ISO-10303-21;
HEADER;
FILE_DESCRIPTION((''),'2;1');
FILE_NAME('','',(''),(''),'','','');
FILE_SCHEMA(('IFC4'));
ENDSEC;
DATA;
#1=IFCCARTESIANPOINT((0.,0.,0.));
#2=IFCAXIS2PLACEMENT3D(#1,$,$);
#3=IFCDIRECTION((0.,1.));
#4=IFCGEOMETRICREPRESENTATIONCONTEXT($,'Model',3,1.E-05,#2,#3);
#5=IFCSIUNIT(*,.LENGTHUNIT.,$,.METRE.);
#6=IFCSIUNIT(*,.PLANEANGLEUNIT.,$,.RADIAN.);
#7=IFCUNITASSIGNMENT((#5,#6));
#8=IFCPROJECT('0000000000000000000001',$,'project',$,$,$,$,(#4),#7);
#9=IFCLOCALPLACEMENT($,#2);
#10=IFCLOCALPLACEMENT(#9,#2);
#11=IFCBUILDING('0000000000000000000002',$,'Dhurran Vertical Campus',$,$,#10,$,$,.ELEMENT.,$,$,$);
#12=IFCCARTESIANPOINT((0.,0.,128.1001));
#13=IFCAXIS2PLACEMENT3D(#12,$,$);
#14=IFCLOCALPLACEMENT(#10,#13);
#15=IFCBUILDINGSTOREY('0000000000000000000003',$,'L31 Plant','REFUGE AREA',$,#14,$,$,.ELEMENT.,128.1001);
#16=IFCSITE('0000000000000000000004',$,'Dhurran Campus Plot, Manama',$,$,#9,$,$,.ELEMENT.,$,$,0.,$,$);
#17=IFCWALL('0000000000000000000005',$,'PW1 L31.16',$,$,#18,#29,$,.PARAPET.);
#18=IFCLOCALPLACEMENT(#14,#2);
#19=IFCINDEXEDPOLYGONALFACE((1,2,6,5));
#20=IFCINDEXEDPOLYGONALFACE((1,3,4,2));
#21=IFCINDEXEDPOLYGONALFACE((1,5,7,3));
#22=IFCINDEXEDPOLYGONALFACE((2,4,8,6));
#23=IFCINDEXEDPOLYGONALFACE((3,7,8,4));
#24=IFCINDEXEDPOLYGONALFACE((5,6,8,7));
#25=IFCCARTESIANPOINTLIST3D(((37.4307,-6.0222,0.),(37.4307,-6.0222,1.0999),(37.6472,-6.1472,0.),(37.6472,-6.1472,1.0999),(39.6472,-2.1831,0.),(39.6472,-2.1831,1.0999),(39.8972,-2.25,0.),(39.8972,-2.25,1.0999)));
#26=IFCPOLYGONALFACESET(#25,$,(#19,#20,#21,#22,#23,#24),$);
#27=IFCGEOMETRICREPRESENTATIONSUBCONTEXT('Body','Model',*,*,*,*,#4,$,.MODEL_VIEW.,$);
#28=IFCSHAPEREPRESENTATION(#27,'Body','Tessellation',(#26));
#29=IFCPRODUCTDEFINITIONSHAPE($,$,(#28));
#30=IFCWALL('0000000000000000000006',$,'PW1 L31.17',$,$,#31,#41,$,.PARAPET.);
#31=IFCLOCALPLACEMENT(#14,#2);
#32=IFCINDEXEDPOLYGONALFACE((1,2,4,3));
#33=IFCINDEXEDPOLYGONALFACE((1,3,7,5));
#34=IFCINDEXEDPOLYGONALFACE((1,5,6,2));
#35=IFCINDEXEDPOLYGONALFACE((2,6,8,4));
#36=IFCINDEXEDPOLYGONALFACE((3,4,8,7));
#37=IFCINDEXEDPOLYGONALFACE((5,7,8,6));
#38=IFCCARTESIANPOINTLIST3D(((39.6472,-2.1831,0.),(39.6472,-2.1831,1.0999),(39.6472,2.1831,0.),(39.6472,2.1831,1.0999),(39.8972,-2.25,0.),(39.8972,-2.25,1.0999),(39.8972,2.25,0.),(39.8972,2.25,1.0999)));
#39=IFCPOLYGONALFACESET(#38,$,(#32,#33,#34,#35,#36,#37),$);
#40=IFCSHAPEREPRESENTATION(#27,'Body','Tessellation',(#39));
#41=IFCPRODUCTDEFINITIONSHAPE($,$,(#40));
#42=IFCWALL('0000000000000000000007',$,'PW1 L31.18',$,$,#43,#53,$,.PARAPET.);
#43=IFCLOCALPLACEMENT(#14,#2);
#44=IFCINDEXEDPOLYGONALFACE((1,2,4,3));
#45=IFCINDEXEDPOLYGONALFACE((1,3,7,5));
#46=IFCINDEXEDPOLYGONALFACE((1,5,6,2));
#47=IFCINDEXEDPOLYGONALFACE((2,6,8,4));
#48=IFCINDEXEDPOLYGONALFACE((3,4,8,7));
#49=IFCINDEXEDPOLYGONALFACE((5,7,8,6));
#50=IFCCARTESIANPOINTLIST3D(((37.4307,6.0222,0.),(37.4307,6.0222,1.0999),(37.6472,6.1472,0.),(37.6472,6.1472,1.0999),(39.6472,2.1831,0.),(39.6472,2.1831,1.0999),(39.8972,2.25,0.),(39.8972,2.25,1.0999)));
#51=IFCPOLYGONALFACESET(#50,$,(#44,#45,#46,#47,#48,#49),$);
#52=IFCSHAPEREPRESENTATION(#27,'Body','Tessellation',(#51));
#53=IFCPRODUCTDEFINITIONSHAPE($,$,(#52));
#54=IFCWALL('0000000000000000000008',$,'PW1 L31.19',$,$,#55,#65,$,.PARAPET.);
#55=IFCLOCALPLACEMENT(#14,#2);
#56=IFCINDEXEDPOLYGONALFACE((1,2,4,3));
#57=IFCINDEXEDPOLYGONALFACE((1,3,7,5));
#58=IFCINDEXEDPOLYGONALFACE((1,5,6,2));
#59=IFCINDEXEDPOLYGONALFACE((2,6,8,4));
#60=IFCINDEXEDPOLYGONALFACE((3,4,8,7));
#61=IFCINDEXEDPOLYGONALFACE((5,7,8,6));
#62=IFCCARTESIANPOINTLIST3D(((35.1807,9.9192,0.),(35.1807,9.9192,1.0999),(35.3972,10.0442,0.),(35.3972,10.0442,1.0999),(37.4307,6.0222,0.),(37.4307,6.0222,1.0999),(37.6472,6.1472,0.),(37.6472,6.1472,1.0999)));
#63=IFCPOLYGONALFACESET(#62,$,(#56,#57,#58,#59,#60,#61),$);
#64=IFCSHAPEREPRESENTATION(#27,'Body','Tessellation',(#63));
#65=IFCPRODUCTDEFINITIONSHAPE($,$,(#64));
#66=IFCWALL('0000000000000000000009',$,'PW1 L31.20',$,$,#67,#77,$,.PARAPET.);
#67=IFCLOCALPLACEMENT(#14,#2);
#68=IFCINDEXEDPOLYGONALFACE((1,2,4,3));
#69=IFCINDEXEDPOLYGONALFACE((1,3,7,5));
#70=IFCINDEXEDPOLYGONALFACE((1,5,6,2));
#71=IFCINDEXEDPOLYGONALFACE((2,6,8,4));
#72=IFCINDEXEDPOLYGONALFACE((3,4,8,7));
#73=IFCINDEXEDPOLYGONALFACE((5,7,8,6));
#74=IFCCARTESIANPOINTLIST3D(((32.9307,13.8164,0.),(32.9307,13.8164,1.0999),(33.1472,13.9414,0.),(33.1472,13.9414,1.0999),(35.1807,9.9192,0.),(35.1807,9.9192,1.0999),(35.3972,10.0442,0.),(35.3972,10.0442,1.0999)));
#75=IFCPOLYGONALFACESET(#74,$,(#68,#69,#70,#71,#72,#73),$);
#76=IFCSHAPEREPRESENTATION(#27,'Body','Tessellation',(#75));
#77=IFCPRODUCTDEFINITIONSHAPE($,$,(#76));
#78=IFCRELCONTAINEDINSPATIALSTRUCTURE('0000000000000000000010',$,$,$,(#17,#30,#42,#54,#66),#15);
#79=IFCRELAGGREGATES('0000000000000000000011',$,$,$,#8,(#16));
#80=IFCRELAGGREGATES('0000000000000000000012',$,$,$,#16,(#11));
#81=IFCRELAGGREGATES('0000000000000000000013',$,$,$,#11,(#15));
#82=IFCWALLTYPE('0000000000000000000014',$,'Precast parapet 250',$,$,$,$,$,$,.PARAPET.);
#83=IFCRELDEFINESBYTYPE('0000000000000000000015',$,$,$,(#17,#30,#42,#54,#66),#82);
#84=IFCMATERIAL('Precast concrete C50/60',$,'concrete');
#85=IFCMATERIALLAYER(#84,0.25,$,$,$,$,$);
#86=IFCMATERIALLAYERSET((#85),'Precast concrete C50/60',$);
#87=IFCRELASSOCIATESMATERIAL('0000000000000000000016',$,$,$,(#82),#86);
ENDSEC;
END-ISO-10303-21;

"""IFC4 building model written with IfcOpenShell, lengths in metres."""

from ifc_helpers import new_model, si_unit, direction, frame, origin, place, context, subcontext, project, spatial, polyline, outline, extrude, material, layer, layer_set, type_object, element, save


model = new_model("IFC4")

# Units and contexts
model_context = context("Model", 3, precision=1e-05, world=origin(), true_north=direction((0.0, 1.0)))
body_context = subcontext(model_context, "Body", "Model", "MODEL_VIEW")
ifc_project = project(units=[si_unit("LENGTHUNIT", "METRE"), si_unit("PLANEANGLEUNIT", "RADIAN")], contexts=[model_context])

# Site, building, storey
site_placement = place(None, origin())
site = spatial("IfcSite", under=ifc_project, at=site_placement, Name="Dhurran Campus Plot, Manama", CompositionType="ELEMENT", RefElevation=0.0)
building_placement = place(site_placement, origin())
building = spatial("IfcBuilding", under=site, at=building_placement, Name="Dhurran Vertical Campus", CompositionType="ELEMENT")
storey_placement = place(building_placement, frame((0.0, 0.0, 128.1001)))
storey = spatial("IfcBuildingStorey", under=building, at=storey_placement, Name="L31 Plant", Description="REFUGE AREA", CompositionType="ELEMENT", Elevation=128.1001)

# Walls
ifc_material = material(Name="Precast concrete C50/60", Category="concrete")
ifc_layer = layer(ifc_material, 0.25)
ifc_layer_set = layer_set([ifc_layer], Name="Precast concrete C50/60")
wall_type = type_object("IfcWallType", Name="Precast parapet 250", PredefinedType="PARAPET", material=ifc_layer_set)
wall_1_placement = place(storey_placement, origin())
element("IfcWall", 1, at=wall_1_placement, inside=storey, type_object=wall_type, Name="PW1 L31.16", PredefinedType="PARAPET", context=body_context, shape_type="SweptSolid", body=[
    extrude(outline(polyline([(37.6472, -6.1472), (39.8972, -2.25), (39.6472, -2.1831), (37.4307, -6.0222), (37.6472, -6.1472)])), origin(), (0.0, 0.0, 1.0), 1.0999),
])
wall_2_placement = place(storey_placement, origin())
element("IfcWall", 2, at=wall_2_placement, inside=storey, type_object=wall_type, Name="PW1 L31.17", PredefinedType="PARAPET", context=body_context, shape_type="SweptSolid", body=[
    extrude(outline(polyline([(39.8972, -2.25), (39.8972, 2.25), (39.6472, 2.1831), (39.6472, -2.1831), (39.8972, -2.25)])), origin(), (0.0, 0.0, 1.0), 1.0999),
])
wall_3_placement = place(storey_placement, origin())
element("IfcWall", 3, at=wall_3_placement, inside=storey, type_object=wall_type, Name="PW1 L31.18", PredefinedType="PARAPET", context=body_context, shape_type="SweptSolid", body=[
    extrude(outline(polyline([(39.8972, 2.25), (37.6472, 6.1472), (37.4307, 6.0222), (39.6472, 2.1831), (39.8972, 2.25)])), origin(), (0.0, 0.0, 1.0), 1.0999),
])
wall_4_placement = place(storey_placement, origin())
element("IfcWall", 4, at=wall_4_placement, inside=storey, type_object=wall_type, Name="PW1 L31.19", PredefinedType="PARAPET", context=body_context, shape_type="SweptSolid", body=[
    extrude(outline(polyline([(37.6472, 6.1472), (35.3972, 10.0442), (35.1807, 9.9192), (37.4307, 6.0222), (37.6472, 6.1472)])), origin(), (0.0, 0.0, 1.0), 1.0999),
])
wall_5_placement = place(storey_placement, origin())
element("IfcWall", 5, at=wall_5_placement, inside=storey, type_object=wall_type, Name="PW1 L31.20", PredefinedType="PARAPET", context=body_context, shape_type="SweptSolid", body=[
    extrude(outline(polyline([(35.3972, 10.0442), (33.1472, 13.9414), (32.9307, 13.8164), (35.1807, 9.9192), (35.3972, 10.0442)])), origin(), (0.0, 0.0, 1.0), 1.0999),
])

save(model, "model.ifc")
